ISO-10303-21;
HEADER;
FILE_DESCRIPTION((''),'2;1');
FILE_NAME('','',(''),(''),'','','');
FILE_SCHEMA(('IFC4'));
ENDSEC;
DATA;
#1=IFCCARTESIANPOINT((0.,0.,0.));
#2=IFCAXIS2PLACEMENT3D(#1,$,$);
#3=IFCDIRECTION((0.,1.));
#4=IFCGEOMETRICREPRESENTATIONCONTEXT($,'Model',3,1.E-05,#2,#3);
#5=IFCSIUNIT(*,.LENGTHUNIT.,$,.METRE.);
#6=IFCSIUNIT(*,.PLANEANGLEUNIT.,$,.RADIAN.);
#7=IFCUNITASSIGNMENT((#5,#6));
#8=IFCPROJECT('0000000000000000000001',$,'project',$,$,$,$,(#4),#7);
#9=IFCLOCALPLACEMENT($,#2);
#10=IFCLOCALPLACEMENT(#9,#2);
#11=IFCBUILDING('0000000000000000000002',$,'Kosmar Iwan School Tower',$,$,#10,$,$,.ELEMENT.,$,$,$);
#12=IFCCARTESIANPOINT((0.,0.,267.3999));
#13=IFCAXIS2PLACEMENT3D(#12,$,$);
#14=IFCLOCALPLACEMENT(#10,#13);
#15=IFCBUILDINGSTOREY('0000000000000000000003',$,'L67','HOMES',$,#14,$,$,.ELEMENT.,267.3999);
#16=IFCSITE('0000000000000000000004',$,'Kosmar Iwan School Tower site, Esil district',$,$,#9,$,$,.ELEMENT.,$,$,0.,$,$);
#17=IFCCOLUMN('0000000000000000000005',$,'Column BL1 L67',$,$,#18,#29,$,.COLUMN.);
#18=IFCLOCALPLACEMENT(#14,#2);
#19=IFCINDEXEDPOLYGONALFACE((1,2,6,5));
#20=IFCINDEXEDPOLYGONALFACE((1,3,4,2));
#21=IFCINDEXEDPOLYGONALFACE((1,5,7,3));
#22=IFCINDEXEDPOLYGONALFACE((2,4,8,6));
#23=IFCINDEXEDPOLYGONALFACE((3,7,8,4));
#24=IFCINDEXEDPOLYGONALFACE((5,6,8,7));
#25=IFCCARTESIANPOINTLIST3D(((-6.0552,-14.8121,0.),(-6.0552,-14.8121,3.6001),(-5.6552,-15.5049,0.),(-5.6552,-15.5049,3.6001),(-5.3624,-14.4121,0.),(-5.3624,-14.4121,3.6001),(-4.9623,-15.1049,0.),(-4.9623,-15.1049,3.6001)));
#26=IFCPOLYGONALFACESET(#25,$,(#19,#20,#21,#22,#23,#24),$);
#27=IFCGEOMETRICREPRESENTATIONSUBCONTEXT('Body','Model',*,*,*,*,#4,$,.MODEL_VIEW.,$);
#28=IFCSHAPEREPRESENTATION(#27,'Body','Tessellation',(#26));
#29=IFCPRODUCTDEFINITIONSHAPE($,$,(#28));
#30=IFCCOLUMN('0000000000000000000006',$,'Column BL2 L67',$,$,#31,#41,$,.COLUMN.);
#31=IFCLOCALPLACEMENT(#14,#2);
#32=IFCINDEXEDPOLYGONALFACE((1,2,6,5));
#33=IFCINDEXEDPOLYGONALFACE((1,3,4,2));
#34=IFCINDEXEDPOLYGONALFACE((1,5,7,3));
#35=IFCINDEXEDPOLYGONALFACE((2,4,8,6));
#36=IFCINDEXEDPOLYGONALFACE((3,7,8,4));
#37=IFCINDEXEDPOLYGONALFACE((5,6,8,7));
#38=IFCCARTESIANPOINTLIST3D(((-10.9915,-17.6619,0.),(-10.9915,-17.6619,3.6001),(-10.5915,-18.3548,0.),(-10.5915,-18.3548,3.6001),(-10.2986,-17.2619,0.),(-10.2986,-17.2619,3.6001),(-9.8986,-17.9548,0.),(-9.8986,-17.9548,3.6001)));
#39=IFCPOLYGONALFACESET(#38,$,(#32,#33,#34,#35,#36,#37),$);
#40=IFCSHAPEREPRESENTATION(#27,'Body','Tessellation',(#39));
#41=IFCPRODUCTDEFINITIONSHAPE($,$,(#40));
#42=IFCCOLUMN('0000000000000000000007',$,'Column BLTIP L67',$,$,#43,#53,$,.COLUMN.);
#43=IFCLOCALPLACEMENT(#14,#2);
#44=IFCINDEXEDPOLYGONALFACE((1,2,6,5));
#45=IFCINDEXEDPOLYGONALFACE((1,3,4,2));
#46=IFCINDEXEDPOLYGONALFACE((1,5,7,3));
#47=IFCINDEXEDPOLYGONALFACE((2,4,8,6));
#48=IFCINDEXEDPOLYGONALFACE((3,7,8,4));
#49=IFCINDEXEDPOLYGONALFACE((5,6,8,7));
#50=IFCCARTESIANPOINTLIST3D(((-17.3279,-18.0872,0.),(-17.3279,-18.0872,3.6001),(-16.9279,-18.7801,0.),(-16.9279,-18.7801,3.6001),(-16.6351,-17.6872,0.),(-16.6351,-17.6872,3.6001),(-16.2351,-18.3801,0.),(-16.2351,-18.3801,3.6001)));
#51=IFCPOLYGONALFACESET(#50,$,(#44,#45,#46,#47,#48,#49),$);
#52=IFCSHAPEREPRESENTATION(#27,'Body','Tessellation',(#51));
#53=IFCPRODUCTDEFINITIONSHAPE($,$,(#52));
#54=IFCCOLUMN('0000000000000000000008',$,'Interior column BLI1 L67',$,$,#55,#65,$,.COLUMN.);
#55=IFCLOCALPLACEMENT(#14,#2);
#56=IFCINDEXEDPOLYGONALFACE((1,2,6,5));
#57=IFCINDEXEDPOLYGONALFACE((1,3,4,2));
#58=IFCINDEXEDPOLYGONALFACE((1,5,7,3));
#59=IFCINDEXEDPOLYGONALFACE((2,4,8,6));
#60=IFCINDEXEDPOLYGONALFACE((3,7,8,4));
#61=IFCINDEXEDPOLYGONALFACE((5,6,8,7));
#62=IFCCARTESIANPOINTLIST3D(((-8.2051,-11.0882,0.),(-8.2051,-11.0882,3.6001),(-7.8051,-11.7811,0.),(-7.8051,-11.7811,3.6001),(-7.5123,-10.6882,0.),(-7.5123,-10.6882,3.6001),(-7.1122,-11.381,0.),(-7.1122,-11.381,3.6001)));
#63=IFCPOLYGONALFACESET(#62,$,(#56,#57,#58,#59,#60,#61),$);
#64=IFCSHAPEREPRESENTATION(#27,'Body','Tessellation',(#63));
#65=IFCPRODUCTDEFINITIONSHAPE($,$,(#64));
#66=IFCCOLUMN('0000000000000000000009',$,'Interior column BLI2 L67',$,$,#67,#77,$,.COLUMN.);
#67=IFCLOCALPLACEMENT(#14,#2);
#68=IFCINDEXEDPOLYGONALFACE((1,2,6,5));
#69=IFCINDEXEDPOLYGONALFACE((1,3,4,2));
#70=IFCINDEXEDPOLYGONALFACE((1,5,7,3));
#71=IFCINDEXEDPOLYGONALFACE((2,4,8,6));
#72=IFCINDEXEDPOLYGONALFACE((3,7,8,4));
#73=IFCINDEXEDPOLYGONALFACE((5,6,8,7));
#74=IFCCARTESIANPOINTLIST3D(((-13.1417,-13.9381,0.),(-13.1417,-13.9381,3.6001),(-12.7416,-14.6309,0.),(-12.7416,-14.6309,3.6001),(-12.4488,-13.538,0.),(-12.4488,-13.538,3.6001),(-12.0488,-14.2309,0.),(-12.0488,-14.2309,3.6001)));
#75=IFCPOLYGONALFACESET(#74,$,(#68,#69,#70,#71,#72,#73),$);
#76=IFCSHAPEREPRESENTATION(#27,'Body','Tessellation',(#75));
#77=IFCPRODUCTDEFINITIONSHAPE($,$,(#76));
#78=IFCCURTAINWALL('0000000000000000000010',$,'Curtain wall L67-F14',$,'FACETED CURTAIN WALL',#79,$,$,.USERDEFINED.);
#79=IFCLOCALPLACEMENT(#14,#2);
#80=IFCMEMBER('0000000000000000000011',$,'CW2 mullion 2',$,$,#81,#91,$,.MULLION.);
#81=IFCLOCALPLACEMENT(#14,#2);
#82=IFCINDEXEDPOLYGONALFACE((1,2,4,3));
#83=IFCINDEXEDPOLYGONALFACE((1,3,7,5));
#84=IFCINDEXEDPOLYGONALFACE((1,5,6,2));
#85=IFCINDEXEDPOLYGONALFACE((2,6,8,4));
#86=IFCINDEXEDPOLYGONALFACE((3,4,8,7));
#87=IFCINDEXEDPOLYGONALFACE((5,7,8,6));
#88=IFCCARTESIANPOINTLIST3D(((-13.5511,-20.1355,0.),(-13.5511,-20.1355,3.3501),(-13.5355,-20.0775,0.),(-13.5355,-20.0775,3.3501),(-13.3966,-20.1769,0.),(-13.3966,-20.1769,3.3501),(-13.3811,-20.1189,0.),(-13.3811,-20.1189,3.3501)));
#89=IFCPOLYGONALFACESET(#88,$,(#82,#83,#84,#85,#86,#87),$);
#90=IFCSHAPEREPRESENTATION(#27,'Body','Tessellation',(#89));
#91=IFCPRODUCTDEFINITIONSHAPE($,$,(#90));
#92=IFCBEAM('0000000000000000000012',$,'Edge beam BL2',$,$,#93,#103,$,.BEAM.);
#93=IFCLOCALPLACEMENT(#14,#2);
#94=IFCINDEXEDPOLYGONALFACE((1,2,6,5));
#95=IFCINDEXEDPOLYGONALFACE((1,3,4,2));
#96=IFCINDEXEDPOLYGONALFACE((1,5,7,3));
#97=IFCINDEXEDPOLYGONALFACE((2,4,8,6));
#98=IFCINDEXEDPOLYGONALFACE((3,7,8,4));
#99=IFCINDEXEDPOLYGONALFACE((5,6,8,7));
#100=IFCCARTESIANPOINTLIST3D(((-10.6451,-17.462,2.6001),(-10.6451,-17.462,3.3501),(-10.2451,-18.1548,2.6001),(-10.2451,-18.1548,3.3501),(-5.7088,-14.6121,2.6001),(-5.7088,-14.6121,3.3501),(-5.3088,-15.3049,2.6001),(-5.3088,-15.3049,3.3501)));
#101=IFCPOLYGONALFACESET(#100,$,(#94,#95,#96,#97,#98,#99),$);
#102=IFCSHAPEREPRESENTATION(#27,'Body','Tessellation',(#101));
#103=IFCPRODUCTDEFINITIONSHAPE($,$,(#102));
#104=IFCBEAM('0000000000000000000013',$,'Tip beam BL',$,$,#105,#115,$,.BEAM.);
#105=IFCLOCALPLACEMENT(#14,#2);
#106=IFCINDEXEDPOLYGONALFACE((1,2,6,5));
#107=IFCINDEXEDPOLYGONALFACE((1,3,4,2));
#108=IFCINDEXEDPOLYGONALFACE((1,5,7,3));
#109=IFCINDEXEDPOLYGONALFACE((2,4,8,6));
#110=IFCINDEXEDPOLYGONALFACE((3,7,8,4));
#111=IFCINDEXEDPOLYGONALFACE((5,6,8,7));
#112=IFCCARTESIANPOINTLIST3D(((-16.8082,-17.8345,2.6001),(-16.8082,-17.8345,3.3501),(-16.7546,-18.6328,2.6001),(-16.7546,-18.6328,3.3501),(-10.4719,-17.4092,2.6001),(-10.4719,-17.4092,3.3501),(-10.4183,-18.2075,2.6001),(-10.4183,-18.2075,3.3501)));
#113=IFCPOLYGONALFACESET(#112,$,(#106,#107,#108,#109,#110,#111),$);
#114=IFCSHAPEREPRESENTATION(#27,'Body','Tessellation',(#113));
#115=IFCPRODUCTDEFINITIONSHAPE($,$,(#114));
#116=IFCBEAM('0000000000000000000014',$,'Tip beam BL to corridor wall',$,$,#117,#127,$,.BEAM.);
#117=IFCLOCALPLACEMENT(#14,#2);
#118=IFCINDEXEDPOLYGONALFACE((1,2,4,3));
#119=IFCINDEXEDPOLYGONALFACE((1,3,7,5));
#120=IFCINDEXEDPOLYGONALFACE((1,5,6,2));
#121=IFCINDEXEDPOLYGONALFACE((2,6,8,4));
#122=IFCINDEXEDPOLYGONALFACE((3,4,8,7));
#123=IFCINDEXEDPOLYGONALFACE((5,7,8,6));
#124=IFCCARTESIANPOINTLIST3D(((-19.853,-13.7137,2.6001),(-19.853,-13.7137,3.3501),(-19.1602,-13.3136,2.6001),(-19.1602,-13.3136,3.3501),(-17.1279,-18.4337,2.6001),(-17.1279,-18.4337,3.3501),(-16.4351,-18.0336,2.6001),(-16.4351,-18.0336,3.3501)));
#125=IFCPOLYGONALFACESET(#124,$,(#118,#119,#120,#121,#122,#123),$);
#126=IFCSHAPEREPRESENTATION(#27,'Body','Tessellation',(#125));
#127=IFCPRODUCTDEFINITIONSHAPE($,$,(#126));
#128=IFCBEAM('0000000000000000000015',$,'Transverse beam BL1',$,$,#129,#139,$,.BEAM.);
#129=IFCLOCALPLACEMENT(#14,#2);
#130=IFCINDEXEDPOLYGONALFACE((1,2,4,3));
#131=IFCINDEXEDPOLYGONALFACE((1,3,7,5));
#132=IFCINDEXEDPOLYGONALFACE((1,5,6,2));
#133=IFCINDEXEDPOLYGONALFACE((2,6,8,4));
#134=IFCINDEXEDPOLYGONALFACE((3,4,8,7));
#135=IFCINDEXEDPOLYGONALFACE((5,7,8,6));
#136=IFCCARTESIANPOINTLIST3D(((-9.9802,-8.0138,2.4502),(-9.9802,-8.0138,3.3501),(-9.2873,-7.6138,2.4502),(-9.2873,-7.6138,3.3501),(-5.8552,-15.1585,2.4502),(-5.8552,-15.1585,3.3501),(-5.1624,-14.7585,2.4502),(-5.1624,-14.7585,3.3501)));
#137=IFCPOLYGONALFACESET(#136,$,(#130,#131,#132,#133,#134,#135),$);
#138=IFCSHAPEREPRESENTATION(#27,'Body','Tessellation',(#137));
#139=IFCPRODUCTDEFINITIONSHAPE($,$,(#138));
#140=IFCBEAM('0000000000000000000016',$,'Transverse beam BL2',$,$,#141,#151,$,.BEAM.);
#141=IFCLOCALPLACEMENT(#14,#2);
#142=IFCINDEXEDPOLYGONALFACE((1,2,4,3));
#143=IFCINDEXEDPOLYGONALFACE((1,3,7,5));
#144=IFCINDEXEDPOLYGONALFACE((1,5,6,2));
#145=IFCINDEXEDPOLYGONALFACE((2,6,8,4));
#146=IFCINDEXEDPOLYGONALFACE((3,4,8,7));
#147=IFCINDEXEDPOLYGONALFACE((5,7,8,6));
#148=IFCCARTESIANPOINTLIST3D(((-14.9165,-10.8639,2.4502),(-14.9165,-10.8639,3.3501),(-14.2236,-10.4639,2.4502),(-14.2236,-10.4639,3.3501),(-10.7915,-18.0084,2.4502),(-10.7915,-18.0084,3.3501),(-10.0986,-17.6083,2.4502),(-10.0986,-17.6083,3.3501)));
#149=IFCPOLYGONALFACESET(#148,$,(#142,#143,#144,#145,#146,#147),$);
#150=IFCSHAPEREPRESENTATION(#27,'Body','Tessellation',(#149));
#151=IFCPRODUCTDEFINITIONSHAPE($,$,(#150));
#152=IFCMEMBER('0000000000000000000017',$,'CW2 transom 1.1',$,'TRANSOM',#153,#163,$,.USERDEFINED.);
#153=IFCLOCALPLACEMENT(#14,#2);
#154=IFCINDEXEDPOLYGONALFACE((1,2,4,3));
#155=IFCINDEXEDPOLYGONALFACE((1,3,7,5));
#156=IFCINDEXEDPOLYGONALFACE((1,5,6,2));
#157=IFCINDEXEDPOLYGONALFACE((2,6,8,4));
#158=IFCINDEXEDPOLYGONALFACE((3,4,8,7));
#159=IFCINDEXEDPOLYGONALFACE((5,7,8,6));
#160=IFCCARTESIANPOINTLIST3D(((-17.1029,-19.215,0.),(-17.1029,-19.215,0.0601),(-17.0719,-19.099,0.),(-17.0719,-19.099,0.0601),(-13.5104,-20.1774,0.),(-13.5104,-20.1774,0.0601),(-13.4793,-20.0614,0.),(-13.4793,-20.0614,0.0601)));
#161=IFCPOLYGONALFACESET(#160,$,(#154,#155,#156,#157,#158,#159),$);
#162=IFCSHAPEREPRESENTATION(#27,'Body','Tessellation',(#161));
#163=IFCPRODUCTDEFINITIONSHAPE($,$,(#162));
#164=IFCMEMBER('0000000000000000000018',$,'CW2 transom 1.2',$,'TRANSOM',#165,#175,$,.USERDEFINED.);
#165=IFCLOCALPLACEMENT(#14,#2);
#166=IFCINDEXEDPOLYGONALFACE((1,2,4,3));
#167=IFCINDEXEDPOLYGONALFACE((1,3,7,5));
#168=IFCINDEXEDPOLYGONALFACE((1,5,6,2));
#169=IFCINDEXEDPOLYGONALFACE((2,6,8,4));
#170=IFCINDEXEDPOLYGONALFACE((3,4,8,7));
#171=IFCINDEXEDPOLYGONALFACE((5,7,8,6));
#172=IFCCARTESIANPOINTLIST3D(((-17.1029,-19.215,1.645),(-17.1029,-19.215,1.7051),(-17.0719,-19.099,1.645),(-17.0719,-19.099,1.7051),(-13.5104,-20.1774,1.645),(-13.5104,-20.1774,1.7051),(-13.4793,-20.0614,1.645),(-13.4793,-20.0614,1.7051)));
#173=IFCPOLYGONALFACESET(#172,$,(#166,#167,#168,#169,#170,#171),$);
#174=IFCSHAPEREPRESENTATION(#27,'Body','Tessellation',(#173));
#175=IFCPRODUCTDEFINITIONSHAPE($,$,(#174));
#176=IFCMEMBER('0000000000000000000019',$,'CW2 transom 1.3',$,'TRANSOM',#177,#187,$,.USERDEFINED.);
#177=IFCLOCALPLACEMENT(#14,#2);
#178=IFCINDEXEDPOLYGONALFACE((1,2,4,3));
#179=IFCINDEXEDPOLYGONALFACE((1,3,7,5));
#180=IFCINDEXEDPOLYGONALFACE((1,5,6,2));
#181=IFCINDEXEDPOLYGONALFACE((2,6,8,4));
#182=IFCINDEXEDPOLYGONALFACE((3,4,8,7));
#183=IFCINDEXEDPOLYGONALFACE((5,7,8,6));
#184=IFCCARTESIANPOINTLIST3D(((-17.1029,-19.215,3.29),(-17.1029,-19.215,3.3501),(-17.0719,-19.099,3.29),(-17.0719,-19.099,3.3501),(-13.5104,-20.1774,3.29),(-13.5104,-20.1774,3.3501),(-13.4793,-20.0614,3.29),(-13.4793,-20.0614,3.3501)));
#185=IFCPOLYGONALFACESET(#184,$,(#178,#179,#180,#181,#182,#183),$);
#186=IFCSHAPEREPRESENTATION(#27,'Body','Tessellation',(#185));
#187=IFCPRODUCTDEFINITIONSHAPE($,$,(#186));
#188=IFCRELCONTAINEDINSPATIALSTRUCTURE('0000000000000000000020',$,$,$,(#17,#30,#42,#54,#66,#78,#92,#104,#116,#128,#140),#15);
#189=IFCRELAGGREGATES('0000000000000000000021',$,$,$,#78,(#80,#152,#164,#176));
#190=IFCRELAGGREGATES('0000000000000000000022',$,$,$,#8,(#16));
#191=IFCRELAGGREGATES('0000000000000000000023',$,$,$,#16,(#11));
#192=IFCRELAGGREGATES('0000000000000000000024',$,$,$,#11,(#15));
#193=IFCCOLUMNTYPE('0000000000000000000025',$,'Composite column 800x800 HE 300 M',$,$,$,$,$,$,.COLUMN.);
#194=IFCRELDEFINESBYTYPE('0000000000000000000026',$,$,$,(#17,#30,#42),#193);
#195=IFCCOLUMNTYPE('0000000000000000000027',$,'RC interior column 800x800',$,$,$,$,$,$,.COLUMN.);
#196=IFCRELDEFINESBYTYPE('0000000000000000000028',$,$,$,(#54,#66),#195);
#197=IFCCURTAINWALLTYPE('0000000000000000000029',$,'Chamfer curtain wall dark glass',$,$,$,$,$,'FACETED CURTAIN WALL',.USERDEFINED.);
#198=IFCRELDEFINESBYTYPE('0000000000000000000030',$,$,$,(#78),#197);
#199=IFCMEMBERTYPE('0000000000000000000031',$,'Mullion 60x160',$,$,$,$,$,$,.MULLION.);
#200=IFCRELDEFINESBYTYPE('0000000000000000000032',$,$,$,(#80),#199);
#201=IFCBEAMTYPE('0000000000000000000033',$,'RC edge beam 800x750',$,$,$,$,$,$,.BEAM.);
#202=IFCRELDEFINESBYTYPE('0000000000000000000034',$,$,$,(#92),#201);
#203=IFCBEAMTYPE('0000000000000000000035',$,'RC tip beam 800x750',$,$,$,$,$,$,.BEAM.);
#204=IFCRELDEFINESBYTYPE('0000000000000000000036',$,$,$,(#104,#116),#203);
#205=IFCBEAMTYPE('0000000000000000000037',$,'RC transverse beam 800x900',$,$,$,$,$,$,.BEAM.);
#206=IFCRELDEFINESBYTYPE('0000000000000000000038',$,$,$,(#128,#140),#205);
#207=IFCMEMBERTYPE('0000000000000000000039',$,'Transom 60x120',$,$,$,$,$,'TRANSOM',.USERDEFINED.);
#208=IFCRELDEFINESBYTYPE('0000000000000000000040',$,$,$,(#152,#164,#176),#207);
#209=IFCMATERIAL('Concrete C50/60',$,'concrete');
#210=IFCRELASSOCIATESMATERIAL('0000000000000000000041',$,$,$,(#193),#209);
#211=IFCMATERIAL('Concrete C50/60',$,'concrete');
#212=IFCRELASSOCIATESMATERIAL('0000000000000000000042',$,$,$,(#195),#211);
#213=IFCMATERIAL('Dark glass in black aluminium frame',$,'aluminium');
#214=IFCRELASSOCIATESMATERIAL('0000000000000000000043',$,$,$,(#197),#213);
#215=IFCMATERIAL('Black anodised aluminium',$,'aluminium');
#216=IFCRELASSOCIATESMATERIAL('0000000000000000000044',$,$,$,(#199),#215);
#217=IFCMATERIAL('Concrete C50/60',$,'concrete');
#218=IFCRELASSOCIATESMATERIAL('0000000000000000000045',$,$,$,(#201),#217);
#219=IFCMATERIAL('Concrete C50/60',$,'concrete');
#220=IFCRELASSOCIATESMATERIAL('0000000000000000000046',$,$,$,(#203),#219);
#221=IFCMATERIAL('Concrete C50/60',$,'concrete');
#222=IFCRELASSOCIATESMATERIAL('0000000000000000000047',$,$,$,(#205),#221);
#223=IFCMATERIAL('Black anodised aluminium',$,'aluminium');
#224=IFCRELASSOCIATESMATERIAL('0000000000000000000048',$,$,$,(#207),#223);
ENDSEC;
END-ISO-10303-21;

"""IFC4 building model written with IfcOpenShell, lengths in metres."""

from ifc_helpers import new_model, si_unit, direction, frame, origin, origin_2d, place, context, subcontext, project, spatial, rectangle, extrude, material, material_profile, profile_set, type_object, element, aggregate, save


model = new_model("IFC4")

# Units and contexts
model_context = context("Model", 3, precision=1e-05, world=origin(), true_north=direction((0.0, 1.0)))
body_context = subcontext(model_context, "Body", "Model", "MODEL_VIEW")
ifc_project = project(units=[si_unit("LENGTHUNIT", "METRE"), si_unit("PLANEANGLEUNIT", "RADIAN")], contexts=[model_context])

# Site, building, storey
site_placement = place(None, origin())
site = spatial("IfcSite", under=ifc_project, at=site_placement, Name="Kosmar Iwan School Tower site, Esil district", CompositionType="ELEMENT", RefElevation=0.0)
building_placement = place(site_placement, origin())
building = spatial("IfcBuilding", under=site, at=building_placement, Name="Kosmar Iwan School Tower", CompositionType="ELEMENT")
storey_placement = place(building_placement, frame((0.0, 0.0, 267.3999)))
storey = spatial("IfcBuildingStorey", under=building, at=storey_placement, Name="L67", Description="HOMES", CompositionType="ELEMENT", Elevation=267.3999)

# Columns
ifc_material_1 = material(Name="Concrete C50/60", Category="concrete")
ifc_material_profile_1 = material_profile(ifc_material_1, rectangle(XDim=0.8, YDim=0.8, at=origin_2d()), Name="RC 800x800 + HE 300 M")
ifc_profile_set_1 = profile_set([ifc_material_profile_1], Name="Concrete C50/60")
column_type_1 = type_object("IfcColumnType", Name="Composite column 800x800 HE 300 M", PredefinedType="COLUMN", material=ifc_profile_set_1)
for number, where, z_axis, x_axis, name in (
    (1, (-5.5088, -14.9585, 0.0), (0.0, 0.0, 1.0), (-0.866025, -0.5, 0.0), "Column BL1 L67"),
    (2, (-10.4451, -17.8083, 0.0), (0.0, 0.0, 1.0), (-0.866025, -0.5, 0.0), "Column BL2 L67"),
    (3, (-16.7815, -18.2336, 0.0), (0.0, 0.0, 1.0), (-0.866025, -0.5, 0.0), "Column BLTIP L67"),
):
    element("IfcColumn", number, at=place(storey_placement, frame(where, z_axis=z_axis, x_axis=x_axis)), inside=storey, type_object=column_type_1, Name=name, PredefinedType="COLUMN", context=body_context, shape_type="SweptSolid", body=[
        extrude(rectangle(XDim=0.8, YDim=0.8, at=origin_2d()), origin(), (0.0, 0.0, 1.0), 3.6001),
    ])
ifc_material_2 = material(Name="Concrete C50/60", Category="concrete")
ifc_material_profile_2 = material_profile(ifc_material_2, rectangle(XDim=0.8, YDim=0.8, at=origin_2d()), Name="RC 800x800")
ifc_profile_set_2 = profile_set([ifc_material_profile_2], Name="Concrete C50/60")
column_type_2 = type_object("IfcColumnType", Name="RC interior column 800x800", PredefinedType="COLUMN", material=ifc_profile_set_2)
for number, where, z_axis, x_axis, name in (
    (4, (-7.6587, -11.2346, 0.0), (0.0, 0.0, 1.0), (-0.866025, -0.5, 0.0), "Interior column BLI1 L67"),
    (5, (-12.5952, -14.0845, 0.0), (0.0, 0.0, 1.0), (-0.866025, -0.5, 0.0), "Interior column BLI2 L67"),
):
    element("IfcColumn", number, at=place(storey_placement, frame(where, z_axis=z_axis, x_axis=x_axis)), inside=storey, type_object=column_type_2, Name=name, PredefinedType="COLUMN", context=body_context, shape_type="SweptSolid", body=[
        extrude(rectangle(XDim=0.8, YDim=0.8, at=origin_2d()), origin(), (0.0, 0.0, 1.0), 3.6001),
    ])

# Curtain wall, member
ifc_material_3 = material(Name="Dark glass in black aluminium frame", Category="aluminium")
curtain_wall_type = type_object("IfcCurtainWallType", Name="Chamfer curtain wall dark glass", ElementType="FACETED CURTAIN WALL", PredefinedType="USERDEFINED", material=ifc_material_3)
curtain_wall_placement = place(storey_placement, origin())
curtain_wall = element("IfcCurtainWall", 6, at=curtain_wall_placement, inside=storey, type_object=curtain_wall_type, Name="Curtain wall L67-F14", ObjectType="FACETED CURTAIN WALL", PredefinedType="USERDEFINED")
ifc_material_4 = material(Name="Black anodised aluminium", Category="aluminium")
ifc_material_profile_3 = material_profile(ifc_material_4, rectangle(XDim=0.0601, YDim=0.1599, at=origin_2d()), Name="MULLION 60x160")
ifc_profile_set_3 = profile_set([ifc_material_profile_3], Name="Black anodised aluminium")
member_type_1 = type_object("IfcMemberType", Name="Mullion 60x160", PredefinedType="MULLION", material=ifc_profile_set_3)
member_1_placement = place(storey_placement, frame((-13.4661, -20.1272, 0.0), z_axis=(0.0, 0.0, 1.0), x_axis=(0.258819, 0.965926, 0.0)))
member_1 = element("IfcMember", 7, at=member_1_placement, type_object=member_type_1, Name="CW2 mullion 2", PredefinedType="MULLION", context=body_context, shape_type="SweptSolid", body=[
    extrude(rectangle(XDim=0.0601, YDim=0.1599, at=origin_2d()), origin(), (0.0, 0.0, 1.0), 3.3501),
])

# Beams
ifc_material_5 = material(Name="Concrete C50/60", Category="concrete")
ifc_material_profile_4 = material_profile(ifc_material_5, rectangle(XDim=0.8, YDim=0.75, at=origin_2d()), Name="RC 800x750")
ifc_profile_set_4 = profile_set([ifc_material_profile_4], Name="Concrete C50/60")
beam_type_1 = type_object("IfcBeamType", Name="RC edge beam 800x750", PredefinedType="BEAM", material=ifc_profile_set_4)
beam_1_placement = place(storey_placement, frame((-5.5088, -14.9585, 2.9751), z_axis=(-0.866034, -0.499986, 0.0), x_axis=(0.499986, -0.866034, 0.0)))
element("IfcBeam", 8, at=beam_1_placement, inside=storey, type_object=beam_type_1, Name="Edge beam BL2", PredefinedType="BEAM", context=body_context, shape_type="SweptSolid", body=[
    extrude(rectangle(XDim=0.8, YDim=0.75, at=origin_2d()), origin(), (0.0, 0.0, 1.0), 5.7),
])
ifc_material_6 = material(Name="Concrete C50/60", Category="concrete")
ifc_material_profile_5 = material_profile(ifc_material_6, rectangle(XDim=0.8, YDim=0.75, at=origin_2d()), Name="RC 800x750")
ifc_profile_set_5 = profile_set([ifc_material_profile_5], Name="Concrete C50/60")
beam_type_2 = type_object("IfcBeamType", Name="RC tip beam 800x750", PredefinedType="BEAM", material=ifc_profile_set_5)
beam_2_placement = place(storey_placement, frame((-10.4451, -17.8083, 2.9751), z_axis=(-0.997755, -0.066968, 0.0), x_axis=(0.066968, -0.997755, 0.0)))
element("IfcBeam", 9, at=beam_2_placement, inside=storey, type_object=beam_type_2, Name="Tip beam BL", PredefinedType="BEAM", context=body_context, shape_type="SweptSolid", body=[
    extrude(rectangle(XDim=0.8, YDim=0.75, at=origin_2d()), origin(), (0.0, 0.0, 1.0), 6.3506),
])
beam_3_placement = place(storey_placement, frame((-16.7815, -18.2336, 2.9751), z_axis=(-0.500003, 0.866024, 0.0), x_axis=(-0.866024, -0.500003, 0.0)))
element("IfcBeam", 10, at=beam_3_placement, inside=storey, type_object=beam_type_2, Name="Tip beam BL to corridor wall", PredefinedType="BEAM", context=body_context, shape_type="SweptSolid", body=[
    extrude(rectangle(XDim=0.8, YDim=0.75, at=origin_2d()), origin(), (0.0, 0.0, 1.0), 5.4502),
])
ifc_material_7 = material(Name="Concrete C50/60", Category="concrete")
ifc_material_profile_6 = material_profile(ifc_material_7, rectangle(XDim=0.8, YDim=0.8999, at=origin_2d()), Name="RC 800x900")
ifc_profile_set_6 = profile_set([ifc_material_profile_6], Name="Concrete C50/60")
beam_type_3 = type_object("IfcBeamType", Name="RC transverse beam 800x900", PredefinedType="BEAM", material=ifc_profile_set_6)
beam_4_placement = place(storey_placement, frame((-5.5088, -14.9585, 2.9001), z_axis=(-0.499997, 0.866027, 0.0), x_axis=(-0.866027, -0.499997, 0.0)))
element("IfcBeam", 11, at=beam_4_placement, inside=storey, type_object=beam_type_3, Name="Transverse beam BL1", PredefinedType="BEAM", context=body_context, shape_type="SweptSolid", body=[
    extrude(rectangle(XDim=0.8, YDim=0.8999, at=origin_2d()), origin(), (0.0, 0.0, 1.0), 8.25),
])
beam_5_placement = place(storey_placement, frame((-10.4451, -17.8083, 2.9001), z_axis=(-0.500009, 0.86602, 0.0), x_axis=(-0.86602, -0.500009, 0.0)))
element("IfcBeam", 12, at=beam_5_placement, inside=storey, type_object=beam_type_3, Name="Transverse beam BL2", PredefinedType="BEAM", context=body_context, shape_type="SweptSolid", body=[
    extrude(rectangle(XDim=0.8, YDim=0.8999, at=origin_2d()), origin(), (0.0, 0.0, 1.0), 8.2498),
])

# Members
ifc_material_8 = material(Name="Black anodised aluminium", Category="aluminium")
ifc_material_profile_7 = material_profile(ifc_material_8, rectangle(XDim=0.1201, YDim=0.0601, at=origin_2d()), Name="TRANSOM 60x120")
ifc_profile_set_7 = profile_set([ifc_material_profile_7], Name="Black anodised aluminium")
member_type_2 = type_object("IfcMemberType", Name="Transom 60x120", ElementType="TRANSOM", PredefinedType="USERDEFINED", material=ifc_profile_set_7)
member_2_placement = place(storey_placement, frame((-17.0874, -19.157, 0.03), z_axis=(0.96594, -0.258766, 0.0), x_axis=(0.258766, 0.96594, 0.0)))
member_2 = element("IfcMember", 13, at=member_2_placement, type_object=member_type_2, Name="CW2 transom 1.1", ObjectType="TRANSOM", PredefinedType="USERDEFINED", context=body_context, shape_type="SweptSolid", body=[
    extrude(rectangle(XDim=0.1201, YDim=0.0601, at=origin_2d()), origin(), (0.0, 0.0, 1.0), 3.7192),
])
member_3_placement = place(storey_placement, frame((-17.0874, -19.157, 1.675), z_axis=(0.96594, -0.258766, 0.0), x_axis=(0.258766, 0.96594, 0.0)))
member_3 = element("IfcMember", 14, at=member_3_placement, type_object=member_type_2, Name="CW2 transom 1.2", ObjectType="TRANSOM", PredefinedType="USERDEFINED", context=body_context, shape_type="SweptSolid", body=[
    extrude(rectangle(XDim=0.1201, YDim=0.0601, at=origin_2d()), origin(), (0.0, 0.0, 1.0), 3.7192),
])
member_4_placement = place(storey_placement, frame((-17.0874, -19.157, 3.3201), z_axis=(0.96594, -0.258766, 0.0), x_axis=(0.258766, 0.96594, 0.0)))
member_4 = element("IfcMember", 15, at=member_4_placement, type_object=member_type_2, Name="CW2 transom 1.3", ObjectType="TRANSOM", PredefinedType="USERDEFINED", context=body_context, shape_type="SweptSolid", body=[
    extrude(rectangle(XDim=0.1201, YDim=0.0601, at=origin_2d()), origin(), (0.0, 0.0, 1.0), 3.7192),
])

aggregate(curtain_wall, [member_1, member_2, member_3, member_4])

save(model, "model.ifc")
